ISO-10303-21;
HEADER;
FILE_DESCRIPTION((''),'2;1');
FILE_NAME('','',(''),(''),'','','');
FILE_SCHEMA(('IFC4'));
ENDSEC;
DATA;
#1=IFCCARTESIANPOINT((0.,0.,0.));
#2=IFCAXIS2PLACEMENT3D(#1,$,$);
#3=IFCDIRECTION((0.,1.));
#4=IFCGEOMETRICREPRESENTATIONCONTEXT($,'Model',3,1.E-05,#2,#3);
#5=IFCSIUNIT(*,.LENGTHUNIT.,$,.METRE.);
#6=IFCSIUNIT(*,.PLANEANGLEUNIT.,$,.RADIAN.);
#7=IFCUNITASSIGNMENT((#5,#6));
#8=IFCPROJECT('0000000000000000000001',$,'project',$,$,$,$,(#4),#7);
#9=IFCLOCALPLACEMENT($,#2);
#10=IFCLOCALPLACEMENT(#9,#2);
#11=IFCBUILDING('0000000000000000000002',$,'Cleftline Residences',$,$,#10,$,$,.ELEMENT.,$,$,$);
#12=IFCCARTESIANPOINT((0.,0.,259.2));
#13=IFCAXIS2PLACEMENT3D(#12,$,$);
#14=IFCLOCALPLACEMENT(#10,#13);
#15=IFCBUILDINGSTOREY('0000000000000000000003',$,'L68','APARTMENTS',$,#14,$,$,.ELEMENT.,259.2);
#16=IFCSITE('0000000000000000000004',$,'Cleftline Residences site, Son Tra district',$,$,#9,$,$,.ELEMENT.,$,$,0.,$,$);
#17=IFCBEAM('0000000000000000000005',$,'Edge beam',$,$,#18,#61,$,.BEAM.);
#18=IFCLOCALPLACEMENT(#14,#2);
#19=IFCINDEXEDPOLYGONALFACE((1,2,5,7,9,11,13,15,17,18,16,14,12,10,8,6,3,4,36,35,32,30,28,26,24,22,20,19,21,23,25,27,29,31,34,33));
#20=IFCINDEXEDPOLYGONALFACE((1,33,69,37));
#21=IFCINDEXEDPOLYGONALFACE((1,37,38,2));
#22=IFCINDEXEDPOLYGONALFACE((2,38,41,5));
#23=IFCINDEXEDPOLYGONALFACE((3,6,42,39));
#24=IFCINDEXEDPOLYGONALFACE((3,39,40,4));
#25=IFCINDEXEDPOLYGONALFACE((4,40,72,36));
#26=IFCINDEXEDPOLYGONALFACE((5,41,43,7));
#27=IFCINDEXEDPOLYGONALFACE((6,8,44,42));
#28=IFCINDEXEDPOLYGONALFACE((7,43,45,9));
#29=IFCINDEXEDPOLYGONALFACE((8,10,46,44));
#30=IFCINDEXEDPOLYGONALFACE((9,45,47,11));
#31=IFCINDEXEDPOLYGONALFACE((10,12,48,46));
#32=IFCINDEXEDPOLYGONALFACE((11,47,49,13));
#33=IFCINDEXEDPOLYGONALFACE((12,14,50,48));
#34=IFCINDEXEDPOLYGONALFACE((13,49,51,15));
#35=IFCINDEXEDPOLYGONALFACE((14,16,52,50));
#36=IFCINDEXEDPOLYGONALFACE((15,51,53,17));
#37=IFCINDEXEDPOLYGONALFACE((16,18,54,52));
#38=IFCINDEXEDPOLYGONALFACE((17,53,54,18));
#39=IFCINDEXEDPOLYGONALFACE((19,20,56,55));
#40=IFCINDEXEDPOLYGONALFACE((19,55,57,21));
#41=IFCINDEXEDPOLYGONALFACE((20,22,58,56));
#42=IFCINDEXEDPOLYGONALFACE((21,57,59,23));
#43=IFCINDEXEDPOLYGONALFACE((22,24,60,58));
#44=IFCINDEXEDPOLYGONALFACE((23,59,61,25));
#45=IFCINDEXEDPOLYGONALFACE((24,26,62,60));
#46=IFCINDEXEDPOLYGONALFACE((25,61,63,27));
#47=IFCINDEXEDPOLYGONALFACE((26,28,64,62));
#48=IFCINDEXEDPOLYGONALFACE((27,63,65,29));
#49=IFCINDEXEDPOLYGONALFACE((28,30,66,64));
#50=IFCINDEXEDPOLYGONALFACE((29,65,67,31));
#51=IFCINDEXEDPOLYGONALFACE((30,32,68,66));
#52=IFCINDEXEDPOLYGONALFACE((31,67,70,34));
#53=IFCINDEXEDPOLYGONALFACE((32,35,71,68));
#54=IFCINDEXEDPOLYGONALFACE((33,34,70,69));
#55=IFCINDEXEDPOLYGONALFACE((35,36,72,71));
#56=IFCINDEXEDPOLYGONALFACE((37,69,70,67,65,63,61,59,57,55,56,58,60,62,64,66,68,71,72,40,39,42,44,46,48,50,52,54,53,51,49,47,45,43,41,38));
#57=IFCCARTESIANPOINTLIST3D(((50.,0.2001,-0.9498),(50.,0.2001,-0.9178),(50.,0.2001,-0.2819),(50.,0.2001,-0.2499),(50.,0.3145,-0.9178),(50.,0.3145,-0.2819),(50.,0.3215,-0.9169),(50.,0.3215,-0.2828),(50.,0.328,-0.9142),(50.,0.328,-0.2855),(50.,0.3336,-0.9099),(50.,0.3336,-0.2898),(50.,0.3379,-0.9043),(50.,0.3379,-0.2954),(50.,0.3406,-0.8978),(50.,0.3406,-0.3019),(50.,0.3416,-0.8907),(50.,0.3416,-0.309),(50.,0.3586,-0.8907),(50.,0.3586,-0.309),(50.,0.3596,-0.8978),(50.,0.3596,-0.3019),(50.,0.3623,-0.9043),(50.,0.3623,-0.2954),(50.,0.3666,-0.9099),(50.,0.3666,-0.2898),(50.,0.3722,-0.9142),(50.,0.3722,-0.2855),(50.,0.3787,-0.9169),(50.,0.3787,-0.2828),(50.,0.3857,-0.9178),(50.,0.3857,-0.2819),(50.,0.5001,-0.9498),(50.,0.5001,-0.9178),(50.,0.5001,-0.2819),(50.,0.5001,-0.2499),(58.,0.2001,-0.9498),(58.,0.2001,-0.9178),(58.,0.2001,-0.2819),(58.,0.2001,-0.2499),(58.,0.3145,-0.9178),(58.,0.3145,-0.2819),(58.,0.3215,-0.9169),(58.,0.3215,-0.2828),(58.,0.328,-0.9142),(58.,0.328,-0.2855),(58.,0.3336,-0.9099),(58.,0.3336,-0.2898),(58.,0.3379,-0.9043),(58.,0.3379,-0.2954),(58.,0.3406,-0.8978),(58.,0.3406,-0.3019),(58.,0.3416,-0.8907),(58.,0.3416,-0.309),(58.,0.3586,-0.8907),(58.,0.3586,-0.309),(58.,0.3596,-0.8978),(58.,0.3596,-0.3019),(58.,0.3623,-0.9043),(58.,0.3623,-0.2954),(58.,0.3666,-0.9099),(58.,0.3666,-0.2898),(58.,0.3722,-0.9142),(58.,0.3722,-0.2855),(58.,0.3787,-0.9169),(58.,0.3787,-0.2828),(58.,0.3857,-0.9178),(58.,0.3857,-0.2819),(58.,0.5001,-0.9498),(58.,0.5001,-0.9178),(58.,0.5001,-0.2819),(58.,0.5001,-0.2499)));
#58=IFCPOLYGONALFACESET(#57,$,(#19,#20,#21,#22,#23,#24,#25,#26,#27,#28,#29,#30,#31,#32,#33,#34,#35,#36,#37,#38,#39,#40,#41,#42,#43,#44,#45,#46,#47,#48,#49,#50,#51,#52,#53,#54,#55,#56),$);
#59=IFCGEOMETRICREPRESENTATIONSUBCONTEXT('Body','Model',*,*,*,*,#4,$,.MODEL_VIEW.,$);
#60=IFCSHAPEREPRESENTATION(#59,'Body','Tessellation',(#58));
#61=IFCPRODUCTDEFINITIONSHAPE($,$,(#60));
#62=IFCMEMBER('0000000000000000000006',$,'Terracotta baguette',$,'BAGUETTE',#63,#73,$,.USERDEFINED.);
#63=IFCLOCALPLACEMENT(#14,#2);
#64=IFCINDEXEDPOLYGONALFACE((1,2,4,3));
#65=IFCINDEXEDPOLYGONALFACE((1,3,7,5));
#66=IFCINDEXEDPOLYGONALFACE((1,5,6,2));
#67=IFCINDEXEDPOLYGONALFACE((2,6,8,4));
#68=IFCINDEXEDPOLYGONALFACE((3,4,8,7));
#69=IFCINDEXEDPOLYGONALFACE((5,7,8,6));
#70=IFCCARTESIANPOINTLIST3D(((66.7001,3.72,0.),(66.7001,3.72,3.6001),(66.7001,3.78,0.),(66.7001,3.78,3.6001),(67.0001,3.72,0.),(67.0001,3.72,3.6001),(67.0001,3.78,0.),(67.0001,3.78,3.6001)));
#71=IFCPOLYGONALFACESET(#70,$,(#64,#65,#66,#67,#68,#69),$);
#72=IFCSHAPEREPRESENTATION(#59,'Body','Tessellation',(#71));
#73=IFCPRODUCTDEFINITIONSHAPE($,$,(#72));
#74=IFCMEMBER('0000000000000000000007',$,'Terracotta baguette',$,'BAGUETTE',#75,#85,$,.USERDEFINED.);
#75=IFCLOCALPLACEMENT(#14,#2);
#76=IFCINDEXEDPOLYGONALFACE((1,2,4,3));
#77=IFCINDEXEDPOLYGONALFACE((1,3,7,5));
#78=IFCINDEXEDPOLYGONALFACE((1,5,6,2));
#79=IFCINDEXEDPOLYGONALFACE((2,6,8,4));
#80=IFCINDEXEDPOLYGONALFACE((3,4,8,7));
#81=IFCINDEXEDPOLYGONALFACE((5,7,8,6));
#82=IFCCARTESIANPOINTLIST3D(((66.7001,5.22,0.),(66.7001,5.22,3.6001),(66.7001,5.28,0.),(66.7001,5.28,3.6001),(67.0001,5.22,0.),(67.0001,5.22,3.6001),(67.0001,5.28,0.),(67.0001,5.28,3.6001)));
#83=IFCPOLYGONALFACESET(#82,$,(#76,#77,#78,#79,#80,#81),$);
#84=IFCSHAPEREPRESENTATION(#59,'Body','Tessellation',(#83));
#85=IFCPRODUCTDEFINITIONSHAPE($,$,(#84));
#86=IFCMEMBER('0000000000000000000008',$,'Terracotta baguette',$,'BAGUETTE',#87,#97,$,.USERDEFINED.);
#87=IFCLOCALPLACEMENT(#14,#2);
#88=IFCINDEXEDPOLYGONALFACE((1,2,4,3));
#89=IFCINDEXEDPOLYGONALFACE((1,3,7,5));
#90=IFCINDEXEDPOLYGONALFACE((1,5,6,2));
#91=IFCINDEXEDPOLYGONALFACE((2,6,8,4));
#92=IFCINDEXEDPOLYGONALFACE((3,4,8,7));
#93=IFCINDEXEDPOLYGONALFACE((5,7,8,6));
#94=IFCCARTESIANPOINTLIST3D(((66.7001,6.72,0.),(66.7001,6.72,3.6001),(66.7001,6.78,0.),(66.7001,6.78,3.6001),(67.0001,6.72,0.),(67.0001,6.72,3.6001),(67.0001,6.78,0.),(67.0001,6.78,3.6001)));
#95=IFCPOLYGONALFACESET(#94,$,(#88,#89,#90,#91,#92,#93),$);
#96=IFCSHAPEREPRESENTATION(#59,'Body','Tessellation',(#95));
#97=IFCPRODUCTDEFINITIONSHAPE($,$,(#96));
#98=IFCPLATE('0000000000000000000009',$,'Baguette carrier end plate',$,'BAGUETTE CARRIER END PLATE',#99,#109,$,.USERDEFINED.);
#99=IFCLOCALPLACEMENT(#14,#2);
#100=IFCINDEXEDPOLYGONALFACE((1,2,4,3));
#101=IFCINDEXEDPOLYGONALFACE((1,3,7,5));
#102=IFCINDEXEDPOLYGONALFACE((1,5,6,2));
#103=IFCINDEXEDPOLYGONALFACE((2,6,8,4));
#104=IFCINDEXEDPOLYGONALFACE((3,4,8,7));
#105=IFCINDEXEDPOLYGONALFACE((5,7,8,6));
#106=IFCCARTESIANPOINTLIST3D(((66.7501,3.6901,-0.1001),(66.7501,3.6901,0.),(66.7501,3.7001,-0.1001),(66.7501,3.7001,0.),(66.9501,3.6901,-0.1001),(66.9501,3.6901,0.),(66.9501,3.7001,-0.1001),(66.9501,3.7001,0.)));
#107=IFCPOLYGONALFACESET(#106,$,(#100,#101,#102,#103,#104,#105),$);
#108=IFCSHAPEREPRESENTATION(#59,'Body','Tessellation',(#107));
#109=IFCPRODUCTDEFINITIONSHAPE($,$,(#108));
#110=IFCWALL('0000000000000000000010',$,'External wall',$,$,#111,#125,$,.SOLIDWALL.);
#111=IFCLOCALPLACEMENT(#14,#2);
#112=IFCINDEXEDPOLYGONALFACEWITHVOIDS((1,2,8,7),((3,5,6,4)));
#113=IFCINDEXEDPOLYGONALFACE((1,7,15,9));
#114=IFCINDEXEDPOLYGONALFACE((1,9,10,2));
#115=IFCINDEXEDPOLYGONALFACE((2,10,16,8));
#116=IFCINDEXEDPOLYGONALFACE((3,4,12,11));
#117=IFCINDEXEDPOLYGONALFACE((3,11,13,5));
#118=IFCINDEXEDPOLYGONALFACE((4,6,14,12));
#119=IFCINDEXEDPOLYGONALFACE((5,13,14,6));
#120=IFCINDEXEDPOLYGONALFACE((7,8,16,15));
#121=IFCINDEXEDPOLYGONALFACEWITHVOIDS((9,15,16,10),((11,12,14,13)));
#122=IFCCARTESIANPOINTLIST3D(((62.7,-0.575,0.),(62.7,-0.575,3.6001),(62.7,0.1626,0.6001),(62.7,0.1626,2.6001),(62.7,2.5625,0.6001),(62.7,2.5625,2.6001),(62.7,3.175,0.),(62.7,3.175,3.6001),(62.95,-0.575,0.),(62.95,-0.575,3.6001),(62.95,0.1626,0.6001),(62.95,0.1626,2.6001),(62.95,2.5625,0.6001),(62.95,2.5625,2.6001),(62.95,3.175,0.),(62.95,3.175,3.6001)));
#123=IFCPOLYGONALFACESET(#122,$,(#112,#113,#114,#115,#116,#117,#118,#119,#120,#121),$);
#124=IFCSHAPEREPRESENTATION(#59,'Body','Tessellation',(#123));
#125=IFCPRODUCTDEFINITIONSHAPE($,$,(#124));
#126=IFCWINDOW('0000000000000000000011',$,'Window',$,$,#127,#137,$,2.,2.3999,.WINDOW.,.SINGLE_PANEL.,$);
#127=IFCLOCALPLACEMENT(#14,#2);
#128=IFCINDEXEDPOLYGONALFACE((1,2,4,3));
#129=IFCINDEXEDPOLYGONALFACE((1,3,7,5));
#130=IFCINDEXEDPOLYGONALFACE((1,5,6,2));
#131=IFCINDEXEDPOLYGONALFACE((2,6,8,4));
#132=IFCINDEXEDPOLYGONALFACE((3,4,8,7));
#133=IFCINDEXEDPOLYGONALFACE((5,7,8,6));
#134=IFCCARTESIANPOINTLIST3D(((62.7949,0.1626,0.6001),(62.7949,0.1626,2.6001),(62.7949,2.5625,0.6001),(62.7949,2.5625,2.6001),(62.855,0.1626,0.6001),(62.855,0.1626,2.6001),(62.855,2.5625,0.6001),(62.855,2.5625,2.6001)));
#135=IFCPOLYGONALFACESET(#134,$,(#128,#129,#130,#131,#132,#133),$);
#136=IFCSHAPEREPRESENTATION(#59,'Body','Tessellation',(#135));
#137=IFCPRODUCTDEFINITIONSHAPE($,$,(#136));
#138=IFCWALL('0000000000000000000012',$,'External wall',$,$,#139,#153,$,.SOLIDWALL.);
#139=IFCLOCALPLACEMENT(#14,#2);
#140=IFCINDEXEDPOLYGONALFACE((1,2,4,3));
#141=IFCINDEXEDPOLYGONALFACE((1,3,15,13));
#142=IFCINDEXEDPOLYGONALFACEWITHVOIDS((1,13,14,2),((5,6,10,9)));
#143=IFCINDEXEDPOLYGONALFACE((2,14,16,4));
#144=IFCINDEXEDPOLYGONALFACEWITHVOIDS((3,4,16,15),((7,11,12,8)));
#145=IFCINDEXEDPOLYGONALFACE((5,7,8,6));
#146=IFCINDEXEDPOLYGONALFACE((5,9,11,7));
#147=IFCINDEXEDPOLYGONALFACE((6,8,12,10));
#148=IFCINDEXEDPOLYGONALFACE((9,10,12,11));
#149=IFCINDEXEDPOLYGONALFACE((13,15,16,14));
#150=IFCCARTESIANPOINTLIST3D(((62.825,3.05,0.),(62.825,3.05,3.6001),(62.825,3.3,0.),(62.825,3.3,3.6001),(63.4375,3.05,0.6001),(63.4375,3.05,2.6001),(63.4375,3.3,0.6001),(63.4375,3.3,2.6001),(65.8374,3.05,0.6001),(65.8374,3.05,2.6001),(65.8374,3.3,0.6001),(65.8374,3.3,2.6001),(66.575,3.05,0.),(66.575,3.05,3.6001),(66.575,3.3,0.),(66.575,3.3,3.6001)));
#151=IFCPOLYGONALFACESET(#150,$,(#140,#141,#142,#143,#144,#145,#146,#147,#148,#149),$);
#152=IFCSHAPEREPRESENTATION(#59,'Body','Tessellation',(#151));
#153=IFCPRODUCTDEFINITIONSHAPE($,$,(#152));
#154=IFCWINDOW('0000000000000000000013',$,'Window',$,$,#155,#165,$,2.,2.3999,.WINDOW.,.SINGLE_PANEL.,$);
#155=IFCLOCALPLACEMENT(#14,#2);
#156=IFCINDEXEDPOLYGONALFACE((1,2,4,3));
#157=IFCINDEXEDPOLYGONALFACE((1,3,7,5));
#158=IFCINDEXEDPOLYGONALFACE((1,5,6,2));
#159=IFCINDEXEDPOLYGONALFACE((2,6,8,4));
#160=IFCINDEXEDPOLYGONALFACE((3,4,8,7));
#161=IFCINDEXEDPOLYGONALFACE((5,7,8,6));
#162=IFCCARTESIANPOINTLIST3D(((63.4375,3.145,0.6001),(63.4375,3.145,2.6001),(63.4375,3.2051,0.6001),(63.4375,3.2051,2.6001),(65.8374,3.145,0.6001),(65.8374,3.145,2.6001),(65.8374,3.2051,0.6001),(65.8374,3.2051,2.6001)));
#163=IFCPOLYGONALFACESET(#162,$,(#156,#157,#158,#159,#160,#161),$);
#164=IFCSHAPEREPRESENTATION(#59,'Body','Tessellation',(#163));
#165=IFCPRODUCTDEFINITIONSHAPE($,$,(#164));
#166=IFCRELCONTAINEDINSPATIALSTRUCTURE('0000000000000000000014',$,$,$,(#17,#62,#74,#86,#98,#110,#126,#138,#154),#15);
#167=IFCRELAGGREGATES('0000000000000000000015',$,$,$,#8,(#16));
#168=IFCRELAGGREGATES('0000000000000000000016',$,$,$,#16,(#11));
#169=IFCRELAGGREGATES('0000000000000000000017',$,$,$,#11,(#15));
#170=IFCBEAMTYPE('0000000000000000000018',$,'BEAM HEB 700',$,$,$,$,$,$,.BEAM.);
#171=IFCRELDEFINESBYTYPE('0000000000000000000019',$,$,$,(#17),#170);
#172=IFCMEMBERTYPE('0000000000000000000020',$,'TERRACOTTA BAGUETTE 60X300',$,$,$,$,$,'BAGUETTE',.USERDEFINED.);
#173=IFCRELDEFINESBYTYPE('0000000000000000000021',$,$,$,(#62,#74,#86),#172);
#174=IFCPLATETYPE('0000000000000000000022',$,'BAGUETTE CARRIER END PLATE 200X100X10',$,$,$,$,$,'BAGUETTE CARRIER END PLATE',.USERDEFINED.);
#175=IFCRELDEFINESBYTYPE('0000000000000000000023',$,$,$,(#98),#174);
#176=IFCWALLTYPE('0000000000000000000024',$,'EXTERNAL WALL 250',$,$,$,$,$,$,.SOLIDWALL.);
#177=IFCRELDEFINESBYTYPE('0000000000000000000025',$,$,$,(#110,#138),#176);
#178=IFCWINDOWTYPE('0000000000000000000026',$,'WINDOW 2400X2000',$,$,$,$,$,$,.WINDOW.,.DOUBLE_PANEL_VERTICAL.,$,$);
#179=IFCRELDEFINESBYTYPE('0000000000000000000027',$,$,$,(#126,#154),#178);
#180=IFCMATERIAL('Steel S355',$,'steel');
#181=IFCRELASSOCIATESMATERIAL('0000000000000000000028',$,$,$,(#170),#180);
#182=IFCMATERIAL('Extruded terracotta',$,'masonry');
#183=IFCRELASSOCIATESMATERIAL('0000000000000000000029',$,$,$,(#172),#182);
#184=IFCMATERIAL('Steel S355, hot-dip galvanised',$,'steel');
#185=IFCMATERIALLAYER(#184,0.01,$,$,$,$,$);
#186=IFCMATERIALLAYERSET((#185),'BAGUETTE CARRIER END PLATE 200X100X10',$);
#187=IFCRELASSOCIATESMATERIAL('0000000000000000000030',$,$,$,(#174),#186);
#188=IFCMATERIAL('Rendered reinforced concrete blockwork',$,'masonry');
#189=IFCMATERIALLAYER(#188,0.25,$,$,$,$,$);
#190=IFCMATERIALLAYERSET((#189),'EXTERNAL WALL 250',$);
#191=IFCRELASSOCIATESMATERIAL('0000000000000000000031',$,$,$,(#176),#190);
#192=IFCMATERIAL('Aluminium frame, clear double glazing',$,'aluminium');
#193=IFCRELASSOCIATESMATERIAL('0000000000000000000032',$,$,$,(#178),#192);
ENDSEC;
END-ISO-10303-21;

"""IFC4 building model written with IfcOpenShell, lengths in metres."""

from ifc_helpers import new_model, si_unit, direction, frame, frame_2d, origin, origin_2d, place, context, subcontext, project, spatial, rectangle, i_section, extrude, material, layer, layer_set, material_profile, profile_set, type_object, element, fill, save


model = new_model("IFC4")

# Units and contexts
model_context = context("Model", 3, precision=1e-05, world=origin(), true_north=direction((0.0, 1.0)))
body_context = subcontext(model_context, "Body", "Model", "MODEL_VIEW")
ifc_project = project(units=[si_unit("LENGTHUNIT", "METRE"), si_unit("PLANEANGLEUNIT", "RADIAN")], contexts=[model_context])

# Site, building, storey
site_placement = place(None, origin())
site = spatial("IfcSite", under=ifc_project, at=site_placement, Name="Cleftline Residences site, Son Tra district", CompositionType="ELEMENT", RefElevation=0.0)
building_placement = place(site_placement, origin())
building = spatial("IfcBuilding", under=site, at=building_placement, Name="Cleftline Residences", CompositionType="ELEMENT")
storey_placement = place(building_placement, frame((0.0, 0.0, 259.2)))
storey = spatial("IfcBuildingStorey", under=building, at=storey_placement, Name="L68", Description="APARTMENTS", CompositionType="ELEMENT", Elevation=259.2)

# Beam
ifc_material_1 = material(Name="Steel S355", Category="steel")
ifc_material_profile_1 = material_profile(ifc_material_1, i_section(OverallWidth=0.3, OverallDepth=0.7, WebThickness=0.0171, FlangeThickness=0.032, FilletRadius=0.0271, at=origin_2d()))
ifc_profile_set_1 = profile_set([ifc_material_profile_1], Name="Steel S355")
beam_type = type_object("IfcBeamType", Name="BEAM HEB 700", PredefinedType="BEAM", material=ifc_profile_set_1)
beam_placement = place(storey_placement, frame((58.0, 0.3501, -0.5999), z_axis=(-1.0, 0.0, 0.0), x_axis=(0.0, -1.0, 0.0)))
element("IfcBeam", 1, at=beam_placement, inside=storey, type_object=beam_type, Name="Edge beam", PredefinedType="BEAM", context=body_context, shape_type="SweptSolid", body=[
    extrude(i_section(OverallWidth=0.3, OverallDepth=0.7, WebThickness=0.0171, FlangeThickness=0.032, FilletRadius=0.0271, at=origin_2d()), origin(), (0.0, 0.0, 1.0), 8.0),
])

# Members
ifc_material_2 = material(Name="Extruded terracotta", Category="masonry")
ifc_material_profile_2 = material_profile(ifc_material_2, rectangle(XDim=0.0601, YDim=0.3, at=origin_2d()))
ifc_profile_set_2 = profile_set([ifc_material_profile_2], Name="Extruded terracotta")
member_type_1 = type_object("IfcMemberType", Name="TERRACOTTA BAGUETTE 60X300", ElementType="BAGUETTE", PredefinedType="USERDEFINED", material=ifc_profile_set_2)
for number, where, z_axis, x_axis, name in (
    (2, (66.8501, 3.75, 0.0), (0.0, 0.0, 1.0), (0.0, 1.0, 0.0), "Terracotta baguette"),
    (3, (66.8501, 5.25, 0.0), (0.0, 0.0, 1.0), (0.0, 1.0, 0.0), "Terracotta baguette"),
    (4, (66.8501, 6.75, 0.0), (0.0, 0.0, 1.0), (0.0, 1.0, 0.0), "Terracotta baguette"),
):
    element("IfcMember", number, at=place(storey_placement, frame(where, z_axis=z_axis, x_axis=x_axis)), inside=storey, type_object=member_type_1, Name=name, ObjectType="BAGUETTE", PredefinedType="USERDEFINED", context=body_context, shape_type="SweptSolid", body=[
        extrude(rectangle(XDim=0.0601, YDim=0.3, at=origin_2d()), origin(), (0.0, 0.0, 1.0), 3.6001),
    ])

# Plate
ifc_material_3 = material(Name="Steel S355, hot-dip galvanised", Category="steel")
ifc_layer_1 = layer(ifc_material_3, 0.01)
ifc_layer_set_1 = layer_set([ifc_layer_1], Name="BAGUETTE CARRIER END PLATE 200X100X10")
plate_type = type_object("IfcPlateType", Name="BAGUETTE CARRIER END PLATE 200X100X10", ElementType="BAGUETTE CARRIER END PLATE", PredefinedType="USERDEFINED", material=ifc_layer_set_1)
plate_placement = place(storey_placement, frame((66.8501, 3.6951, -0.1001), z_axis=(0.0, 0.0, 1.0), x_axis=(1.0, 0.0, 0.0)))
element("IfcPlate", 5, at=plate_placement, inside=storey, type_object=plate_type, Name="Baguette carrier end plate", ObjectType="BAGUETTE CARRIER END PLATE", PredefinedType="USERDEFINED", context=body_context, shape_type="SweptSolid", body=[
    extrude(rectangle(XDim=0.2, YDim=0.01, at=origin_2d()), origin(), (0.0, 0.0, 1.0), 0.1001),
])

# Walls, openings, windows
ifc_material_4 = material(Name="Rendered reinforced concrete blockwork", Category="masonry")
ifc_layer_2 = layer(ifc_material_4, 0.25)
ifc_layer_set_2 = layer_set([ifc_layer_2], Name="EXTERNAL WALL 250")
wall_type_1 = type_object("IfcWallType", Name="EXTERNAL WALL 250", PredefinedType="SOLIDWALL", material=ifc_layer_set_2)
wall_1_placement = place(storey_placement, frame((62.825, -0.575, 0.0), z_axis=(0.0, 0.0, 1.0), x_axis=(0.0, 1.0, 0.0)))
wall_1 = element("IfcWall", 6, at=wall_1_placement, inside=storey, type_object=wall_type_1, Name="External wall", PredefinedType="SOLIDWALL", context=body_context, shape_type="SweptSolid", body=[
    extrude(rectangle(XDim=3.75, YDim=0.25, at=frame_2d((1.875, 0.0))), origin(), (0.0, 0.0, 1.0), 3.6001),
])
opening_1_placement = place(wall_1_placement, frame((0.7375, 0.0, 0.6001)))
opening_1 = element("IfcOpeningElement", 7, at=opening_1_placement, cuts=wall_1, PredefinedType="OPENING", context=body_context, shape_type="SweptSolid", body=[
    extrude(rectangle(XDim=2.3999, YDim=2.0, at=frame_2d((1.2, 1.0))), frame((0.0, 0.135, 0.0), z_axis=(0.0, -1.0, 0.0), x_axis=(1.0, 0.0, 0.0)), (0.0, 0.0, 1.0), 0.27),
])
ifc_material_5 = material(Name="Aluminium frame, clear double glazing", Category="aluminium")
window_type_1 = type_object("IfcWindowType", Name="WINDOW 2400X2000", PartitioningType="DOUBLE_PANEL_VERTICAL", PredefinedType="WINDOW", material=ifc_material_5)
window_1_placement = place(opening_1_placement, origin())
window_1 = element("IfcWindow", 8, at=window_1_placement, inside=storey, type_object=window_type_1, Name="Window", OverallHeight=2.0, OverallWidth=2.3999, PartitioningType="SINGLE_PANEL", PredefinedType="WINDOW", context=body_context, shape_type="SweptSolid", body=[
    extrude(rectangle(XDim=2.3999, YDim=2.0, at=frame_2d((1.2, 1.0))), frame((0.0, 0.03, 0.0), z_axis=(0.0, -1.0, 0.0), x_axis=(1.0, 0.0, 0.0)), (0.0, 0.0, 1.0), 0.0601),
])
fill(opening_1, window_1)
wall_2_placement = place(storey_placement, frame((62.825, 3.175, 0.0), z_axis=(0.0, 0.0, 1.0), x_axis=(1.0, 0.0, 0.0)))
wall_2 = element("IfcWall", 9, at=wall_2_placement, inside=storey, type_object=wall_type_1, Name="External wall", PredefinedType="SOLIDWALL", context=body_context, shape_type="SweptSolid", body=[
    extrude(rectangle(XDim=3.75, YDim=0.25, at=frame_2d((1.875, 0.0))), origin(), (0.0, 0.0, 1.0), 3.6001),
])
opening_2_placement = place(wall_2_placement, frame((0.6125, 0.0, 0.6001)))
opening_2 = element("IfcOpeningElement", 10, at=opening_2_placement, cuts=wall_2, PredefinedType="OPENING", context=body_context, shape_type="SweptSolid", body=[
    extrude(rectangle(XDim=2.3999, YDim=2.0, at=frame_2d((1.2, 1.0))), frame((0.0, 0.135, 0.0), z_axis=(0.0, -1.0, 0.0), x_axis=(1.0, 0.0, 0.0)), (0.0, 0.0, 1.0), 0.27),
])
window_2_placement = place(opening_2_placement, origin())
window_2 = element("IfcWindow", 11, at=window_2_placement, inside=storey, type_object=window_type_1, Name="Window", OverallHeight=2.0, OverallWidth=2.3999, PartitioningType="SINGLE_PANEL", PredefinedType="WINDOW", context=body_context, shape_type="SweptSolid", body=[
    extrude(rectangle(XDim=2.3999, YDim=2.0, at=frame_2d((1.2, 1.0))), frame((0.0, 0.03, 0.0), z_axis=(0.0, -1.0, 0.0), x_axis=(1.0, 0.0, 0.0)), (0.0, 0.0, 1.0), 0.0601),
])
fill(opening_2, window_2)

save(model, "model.ifc")
